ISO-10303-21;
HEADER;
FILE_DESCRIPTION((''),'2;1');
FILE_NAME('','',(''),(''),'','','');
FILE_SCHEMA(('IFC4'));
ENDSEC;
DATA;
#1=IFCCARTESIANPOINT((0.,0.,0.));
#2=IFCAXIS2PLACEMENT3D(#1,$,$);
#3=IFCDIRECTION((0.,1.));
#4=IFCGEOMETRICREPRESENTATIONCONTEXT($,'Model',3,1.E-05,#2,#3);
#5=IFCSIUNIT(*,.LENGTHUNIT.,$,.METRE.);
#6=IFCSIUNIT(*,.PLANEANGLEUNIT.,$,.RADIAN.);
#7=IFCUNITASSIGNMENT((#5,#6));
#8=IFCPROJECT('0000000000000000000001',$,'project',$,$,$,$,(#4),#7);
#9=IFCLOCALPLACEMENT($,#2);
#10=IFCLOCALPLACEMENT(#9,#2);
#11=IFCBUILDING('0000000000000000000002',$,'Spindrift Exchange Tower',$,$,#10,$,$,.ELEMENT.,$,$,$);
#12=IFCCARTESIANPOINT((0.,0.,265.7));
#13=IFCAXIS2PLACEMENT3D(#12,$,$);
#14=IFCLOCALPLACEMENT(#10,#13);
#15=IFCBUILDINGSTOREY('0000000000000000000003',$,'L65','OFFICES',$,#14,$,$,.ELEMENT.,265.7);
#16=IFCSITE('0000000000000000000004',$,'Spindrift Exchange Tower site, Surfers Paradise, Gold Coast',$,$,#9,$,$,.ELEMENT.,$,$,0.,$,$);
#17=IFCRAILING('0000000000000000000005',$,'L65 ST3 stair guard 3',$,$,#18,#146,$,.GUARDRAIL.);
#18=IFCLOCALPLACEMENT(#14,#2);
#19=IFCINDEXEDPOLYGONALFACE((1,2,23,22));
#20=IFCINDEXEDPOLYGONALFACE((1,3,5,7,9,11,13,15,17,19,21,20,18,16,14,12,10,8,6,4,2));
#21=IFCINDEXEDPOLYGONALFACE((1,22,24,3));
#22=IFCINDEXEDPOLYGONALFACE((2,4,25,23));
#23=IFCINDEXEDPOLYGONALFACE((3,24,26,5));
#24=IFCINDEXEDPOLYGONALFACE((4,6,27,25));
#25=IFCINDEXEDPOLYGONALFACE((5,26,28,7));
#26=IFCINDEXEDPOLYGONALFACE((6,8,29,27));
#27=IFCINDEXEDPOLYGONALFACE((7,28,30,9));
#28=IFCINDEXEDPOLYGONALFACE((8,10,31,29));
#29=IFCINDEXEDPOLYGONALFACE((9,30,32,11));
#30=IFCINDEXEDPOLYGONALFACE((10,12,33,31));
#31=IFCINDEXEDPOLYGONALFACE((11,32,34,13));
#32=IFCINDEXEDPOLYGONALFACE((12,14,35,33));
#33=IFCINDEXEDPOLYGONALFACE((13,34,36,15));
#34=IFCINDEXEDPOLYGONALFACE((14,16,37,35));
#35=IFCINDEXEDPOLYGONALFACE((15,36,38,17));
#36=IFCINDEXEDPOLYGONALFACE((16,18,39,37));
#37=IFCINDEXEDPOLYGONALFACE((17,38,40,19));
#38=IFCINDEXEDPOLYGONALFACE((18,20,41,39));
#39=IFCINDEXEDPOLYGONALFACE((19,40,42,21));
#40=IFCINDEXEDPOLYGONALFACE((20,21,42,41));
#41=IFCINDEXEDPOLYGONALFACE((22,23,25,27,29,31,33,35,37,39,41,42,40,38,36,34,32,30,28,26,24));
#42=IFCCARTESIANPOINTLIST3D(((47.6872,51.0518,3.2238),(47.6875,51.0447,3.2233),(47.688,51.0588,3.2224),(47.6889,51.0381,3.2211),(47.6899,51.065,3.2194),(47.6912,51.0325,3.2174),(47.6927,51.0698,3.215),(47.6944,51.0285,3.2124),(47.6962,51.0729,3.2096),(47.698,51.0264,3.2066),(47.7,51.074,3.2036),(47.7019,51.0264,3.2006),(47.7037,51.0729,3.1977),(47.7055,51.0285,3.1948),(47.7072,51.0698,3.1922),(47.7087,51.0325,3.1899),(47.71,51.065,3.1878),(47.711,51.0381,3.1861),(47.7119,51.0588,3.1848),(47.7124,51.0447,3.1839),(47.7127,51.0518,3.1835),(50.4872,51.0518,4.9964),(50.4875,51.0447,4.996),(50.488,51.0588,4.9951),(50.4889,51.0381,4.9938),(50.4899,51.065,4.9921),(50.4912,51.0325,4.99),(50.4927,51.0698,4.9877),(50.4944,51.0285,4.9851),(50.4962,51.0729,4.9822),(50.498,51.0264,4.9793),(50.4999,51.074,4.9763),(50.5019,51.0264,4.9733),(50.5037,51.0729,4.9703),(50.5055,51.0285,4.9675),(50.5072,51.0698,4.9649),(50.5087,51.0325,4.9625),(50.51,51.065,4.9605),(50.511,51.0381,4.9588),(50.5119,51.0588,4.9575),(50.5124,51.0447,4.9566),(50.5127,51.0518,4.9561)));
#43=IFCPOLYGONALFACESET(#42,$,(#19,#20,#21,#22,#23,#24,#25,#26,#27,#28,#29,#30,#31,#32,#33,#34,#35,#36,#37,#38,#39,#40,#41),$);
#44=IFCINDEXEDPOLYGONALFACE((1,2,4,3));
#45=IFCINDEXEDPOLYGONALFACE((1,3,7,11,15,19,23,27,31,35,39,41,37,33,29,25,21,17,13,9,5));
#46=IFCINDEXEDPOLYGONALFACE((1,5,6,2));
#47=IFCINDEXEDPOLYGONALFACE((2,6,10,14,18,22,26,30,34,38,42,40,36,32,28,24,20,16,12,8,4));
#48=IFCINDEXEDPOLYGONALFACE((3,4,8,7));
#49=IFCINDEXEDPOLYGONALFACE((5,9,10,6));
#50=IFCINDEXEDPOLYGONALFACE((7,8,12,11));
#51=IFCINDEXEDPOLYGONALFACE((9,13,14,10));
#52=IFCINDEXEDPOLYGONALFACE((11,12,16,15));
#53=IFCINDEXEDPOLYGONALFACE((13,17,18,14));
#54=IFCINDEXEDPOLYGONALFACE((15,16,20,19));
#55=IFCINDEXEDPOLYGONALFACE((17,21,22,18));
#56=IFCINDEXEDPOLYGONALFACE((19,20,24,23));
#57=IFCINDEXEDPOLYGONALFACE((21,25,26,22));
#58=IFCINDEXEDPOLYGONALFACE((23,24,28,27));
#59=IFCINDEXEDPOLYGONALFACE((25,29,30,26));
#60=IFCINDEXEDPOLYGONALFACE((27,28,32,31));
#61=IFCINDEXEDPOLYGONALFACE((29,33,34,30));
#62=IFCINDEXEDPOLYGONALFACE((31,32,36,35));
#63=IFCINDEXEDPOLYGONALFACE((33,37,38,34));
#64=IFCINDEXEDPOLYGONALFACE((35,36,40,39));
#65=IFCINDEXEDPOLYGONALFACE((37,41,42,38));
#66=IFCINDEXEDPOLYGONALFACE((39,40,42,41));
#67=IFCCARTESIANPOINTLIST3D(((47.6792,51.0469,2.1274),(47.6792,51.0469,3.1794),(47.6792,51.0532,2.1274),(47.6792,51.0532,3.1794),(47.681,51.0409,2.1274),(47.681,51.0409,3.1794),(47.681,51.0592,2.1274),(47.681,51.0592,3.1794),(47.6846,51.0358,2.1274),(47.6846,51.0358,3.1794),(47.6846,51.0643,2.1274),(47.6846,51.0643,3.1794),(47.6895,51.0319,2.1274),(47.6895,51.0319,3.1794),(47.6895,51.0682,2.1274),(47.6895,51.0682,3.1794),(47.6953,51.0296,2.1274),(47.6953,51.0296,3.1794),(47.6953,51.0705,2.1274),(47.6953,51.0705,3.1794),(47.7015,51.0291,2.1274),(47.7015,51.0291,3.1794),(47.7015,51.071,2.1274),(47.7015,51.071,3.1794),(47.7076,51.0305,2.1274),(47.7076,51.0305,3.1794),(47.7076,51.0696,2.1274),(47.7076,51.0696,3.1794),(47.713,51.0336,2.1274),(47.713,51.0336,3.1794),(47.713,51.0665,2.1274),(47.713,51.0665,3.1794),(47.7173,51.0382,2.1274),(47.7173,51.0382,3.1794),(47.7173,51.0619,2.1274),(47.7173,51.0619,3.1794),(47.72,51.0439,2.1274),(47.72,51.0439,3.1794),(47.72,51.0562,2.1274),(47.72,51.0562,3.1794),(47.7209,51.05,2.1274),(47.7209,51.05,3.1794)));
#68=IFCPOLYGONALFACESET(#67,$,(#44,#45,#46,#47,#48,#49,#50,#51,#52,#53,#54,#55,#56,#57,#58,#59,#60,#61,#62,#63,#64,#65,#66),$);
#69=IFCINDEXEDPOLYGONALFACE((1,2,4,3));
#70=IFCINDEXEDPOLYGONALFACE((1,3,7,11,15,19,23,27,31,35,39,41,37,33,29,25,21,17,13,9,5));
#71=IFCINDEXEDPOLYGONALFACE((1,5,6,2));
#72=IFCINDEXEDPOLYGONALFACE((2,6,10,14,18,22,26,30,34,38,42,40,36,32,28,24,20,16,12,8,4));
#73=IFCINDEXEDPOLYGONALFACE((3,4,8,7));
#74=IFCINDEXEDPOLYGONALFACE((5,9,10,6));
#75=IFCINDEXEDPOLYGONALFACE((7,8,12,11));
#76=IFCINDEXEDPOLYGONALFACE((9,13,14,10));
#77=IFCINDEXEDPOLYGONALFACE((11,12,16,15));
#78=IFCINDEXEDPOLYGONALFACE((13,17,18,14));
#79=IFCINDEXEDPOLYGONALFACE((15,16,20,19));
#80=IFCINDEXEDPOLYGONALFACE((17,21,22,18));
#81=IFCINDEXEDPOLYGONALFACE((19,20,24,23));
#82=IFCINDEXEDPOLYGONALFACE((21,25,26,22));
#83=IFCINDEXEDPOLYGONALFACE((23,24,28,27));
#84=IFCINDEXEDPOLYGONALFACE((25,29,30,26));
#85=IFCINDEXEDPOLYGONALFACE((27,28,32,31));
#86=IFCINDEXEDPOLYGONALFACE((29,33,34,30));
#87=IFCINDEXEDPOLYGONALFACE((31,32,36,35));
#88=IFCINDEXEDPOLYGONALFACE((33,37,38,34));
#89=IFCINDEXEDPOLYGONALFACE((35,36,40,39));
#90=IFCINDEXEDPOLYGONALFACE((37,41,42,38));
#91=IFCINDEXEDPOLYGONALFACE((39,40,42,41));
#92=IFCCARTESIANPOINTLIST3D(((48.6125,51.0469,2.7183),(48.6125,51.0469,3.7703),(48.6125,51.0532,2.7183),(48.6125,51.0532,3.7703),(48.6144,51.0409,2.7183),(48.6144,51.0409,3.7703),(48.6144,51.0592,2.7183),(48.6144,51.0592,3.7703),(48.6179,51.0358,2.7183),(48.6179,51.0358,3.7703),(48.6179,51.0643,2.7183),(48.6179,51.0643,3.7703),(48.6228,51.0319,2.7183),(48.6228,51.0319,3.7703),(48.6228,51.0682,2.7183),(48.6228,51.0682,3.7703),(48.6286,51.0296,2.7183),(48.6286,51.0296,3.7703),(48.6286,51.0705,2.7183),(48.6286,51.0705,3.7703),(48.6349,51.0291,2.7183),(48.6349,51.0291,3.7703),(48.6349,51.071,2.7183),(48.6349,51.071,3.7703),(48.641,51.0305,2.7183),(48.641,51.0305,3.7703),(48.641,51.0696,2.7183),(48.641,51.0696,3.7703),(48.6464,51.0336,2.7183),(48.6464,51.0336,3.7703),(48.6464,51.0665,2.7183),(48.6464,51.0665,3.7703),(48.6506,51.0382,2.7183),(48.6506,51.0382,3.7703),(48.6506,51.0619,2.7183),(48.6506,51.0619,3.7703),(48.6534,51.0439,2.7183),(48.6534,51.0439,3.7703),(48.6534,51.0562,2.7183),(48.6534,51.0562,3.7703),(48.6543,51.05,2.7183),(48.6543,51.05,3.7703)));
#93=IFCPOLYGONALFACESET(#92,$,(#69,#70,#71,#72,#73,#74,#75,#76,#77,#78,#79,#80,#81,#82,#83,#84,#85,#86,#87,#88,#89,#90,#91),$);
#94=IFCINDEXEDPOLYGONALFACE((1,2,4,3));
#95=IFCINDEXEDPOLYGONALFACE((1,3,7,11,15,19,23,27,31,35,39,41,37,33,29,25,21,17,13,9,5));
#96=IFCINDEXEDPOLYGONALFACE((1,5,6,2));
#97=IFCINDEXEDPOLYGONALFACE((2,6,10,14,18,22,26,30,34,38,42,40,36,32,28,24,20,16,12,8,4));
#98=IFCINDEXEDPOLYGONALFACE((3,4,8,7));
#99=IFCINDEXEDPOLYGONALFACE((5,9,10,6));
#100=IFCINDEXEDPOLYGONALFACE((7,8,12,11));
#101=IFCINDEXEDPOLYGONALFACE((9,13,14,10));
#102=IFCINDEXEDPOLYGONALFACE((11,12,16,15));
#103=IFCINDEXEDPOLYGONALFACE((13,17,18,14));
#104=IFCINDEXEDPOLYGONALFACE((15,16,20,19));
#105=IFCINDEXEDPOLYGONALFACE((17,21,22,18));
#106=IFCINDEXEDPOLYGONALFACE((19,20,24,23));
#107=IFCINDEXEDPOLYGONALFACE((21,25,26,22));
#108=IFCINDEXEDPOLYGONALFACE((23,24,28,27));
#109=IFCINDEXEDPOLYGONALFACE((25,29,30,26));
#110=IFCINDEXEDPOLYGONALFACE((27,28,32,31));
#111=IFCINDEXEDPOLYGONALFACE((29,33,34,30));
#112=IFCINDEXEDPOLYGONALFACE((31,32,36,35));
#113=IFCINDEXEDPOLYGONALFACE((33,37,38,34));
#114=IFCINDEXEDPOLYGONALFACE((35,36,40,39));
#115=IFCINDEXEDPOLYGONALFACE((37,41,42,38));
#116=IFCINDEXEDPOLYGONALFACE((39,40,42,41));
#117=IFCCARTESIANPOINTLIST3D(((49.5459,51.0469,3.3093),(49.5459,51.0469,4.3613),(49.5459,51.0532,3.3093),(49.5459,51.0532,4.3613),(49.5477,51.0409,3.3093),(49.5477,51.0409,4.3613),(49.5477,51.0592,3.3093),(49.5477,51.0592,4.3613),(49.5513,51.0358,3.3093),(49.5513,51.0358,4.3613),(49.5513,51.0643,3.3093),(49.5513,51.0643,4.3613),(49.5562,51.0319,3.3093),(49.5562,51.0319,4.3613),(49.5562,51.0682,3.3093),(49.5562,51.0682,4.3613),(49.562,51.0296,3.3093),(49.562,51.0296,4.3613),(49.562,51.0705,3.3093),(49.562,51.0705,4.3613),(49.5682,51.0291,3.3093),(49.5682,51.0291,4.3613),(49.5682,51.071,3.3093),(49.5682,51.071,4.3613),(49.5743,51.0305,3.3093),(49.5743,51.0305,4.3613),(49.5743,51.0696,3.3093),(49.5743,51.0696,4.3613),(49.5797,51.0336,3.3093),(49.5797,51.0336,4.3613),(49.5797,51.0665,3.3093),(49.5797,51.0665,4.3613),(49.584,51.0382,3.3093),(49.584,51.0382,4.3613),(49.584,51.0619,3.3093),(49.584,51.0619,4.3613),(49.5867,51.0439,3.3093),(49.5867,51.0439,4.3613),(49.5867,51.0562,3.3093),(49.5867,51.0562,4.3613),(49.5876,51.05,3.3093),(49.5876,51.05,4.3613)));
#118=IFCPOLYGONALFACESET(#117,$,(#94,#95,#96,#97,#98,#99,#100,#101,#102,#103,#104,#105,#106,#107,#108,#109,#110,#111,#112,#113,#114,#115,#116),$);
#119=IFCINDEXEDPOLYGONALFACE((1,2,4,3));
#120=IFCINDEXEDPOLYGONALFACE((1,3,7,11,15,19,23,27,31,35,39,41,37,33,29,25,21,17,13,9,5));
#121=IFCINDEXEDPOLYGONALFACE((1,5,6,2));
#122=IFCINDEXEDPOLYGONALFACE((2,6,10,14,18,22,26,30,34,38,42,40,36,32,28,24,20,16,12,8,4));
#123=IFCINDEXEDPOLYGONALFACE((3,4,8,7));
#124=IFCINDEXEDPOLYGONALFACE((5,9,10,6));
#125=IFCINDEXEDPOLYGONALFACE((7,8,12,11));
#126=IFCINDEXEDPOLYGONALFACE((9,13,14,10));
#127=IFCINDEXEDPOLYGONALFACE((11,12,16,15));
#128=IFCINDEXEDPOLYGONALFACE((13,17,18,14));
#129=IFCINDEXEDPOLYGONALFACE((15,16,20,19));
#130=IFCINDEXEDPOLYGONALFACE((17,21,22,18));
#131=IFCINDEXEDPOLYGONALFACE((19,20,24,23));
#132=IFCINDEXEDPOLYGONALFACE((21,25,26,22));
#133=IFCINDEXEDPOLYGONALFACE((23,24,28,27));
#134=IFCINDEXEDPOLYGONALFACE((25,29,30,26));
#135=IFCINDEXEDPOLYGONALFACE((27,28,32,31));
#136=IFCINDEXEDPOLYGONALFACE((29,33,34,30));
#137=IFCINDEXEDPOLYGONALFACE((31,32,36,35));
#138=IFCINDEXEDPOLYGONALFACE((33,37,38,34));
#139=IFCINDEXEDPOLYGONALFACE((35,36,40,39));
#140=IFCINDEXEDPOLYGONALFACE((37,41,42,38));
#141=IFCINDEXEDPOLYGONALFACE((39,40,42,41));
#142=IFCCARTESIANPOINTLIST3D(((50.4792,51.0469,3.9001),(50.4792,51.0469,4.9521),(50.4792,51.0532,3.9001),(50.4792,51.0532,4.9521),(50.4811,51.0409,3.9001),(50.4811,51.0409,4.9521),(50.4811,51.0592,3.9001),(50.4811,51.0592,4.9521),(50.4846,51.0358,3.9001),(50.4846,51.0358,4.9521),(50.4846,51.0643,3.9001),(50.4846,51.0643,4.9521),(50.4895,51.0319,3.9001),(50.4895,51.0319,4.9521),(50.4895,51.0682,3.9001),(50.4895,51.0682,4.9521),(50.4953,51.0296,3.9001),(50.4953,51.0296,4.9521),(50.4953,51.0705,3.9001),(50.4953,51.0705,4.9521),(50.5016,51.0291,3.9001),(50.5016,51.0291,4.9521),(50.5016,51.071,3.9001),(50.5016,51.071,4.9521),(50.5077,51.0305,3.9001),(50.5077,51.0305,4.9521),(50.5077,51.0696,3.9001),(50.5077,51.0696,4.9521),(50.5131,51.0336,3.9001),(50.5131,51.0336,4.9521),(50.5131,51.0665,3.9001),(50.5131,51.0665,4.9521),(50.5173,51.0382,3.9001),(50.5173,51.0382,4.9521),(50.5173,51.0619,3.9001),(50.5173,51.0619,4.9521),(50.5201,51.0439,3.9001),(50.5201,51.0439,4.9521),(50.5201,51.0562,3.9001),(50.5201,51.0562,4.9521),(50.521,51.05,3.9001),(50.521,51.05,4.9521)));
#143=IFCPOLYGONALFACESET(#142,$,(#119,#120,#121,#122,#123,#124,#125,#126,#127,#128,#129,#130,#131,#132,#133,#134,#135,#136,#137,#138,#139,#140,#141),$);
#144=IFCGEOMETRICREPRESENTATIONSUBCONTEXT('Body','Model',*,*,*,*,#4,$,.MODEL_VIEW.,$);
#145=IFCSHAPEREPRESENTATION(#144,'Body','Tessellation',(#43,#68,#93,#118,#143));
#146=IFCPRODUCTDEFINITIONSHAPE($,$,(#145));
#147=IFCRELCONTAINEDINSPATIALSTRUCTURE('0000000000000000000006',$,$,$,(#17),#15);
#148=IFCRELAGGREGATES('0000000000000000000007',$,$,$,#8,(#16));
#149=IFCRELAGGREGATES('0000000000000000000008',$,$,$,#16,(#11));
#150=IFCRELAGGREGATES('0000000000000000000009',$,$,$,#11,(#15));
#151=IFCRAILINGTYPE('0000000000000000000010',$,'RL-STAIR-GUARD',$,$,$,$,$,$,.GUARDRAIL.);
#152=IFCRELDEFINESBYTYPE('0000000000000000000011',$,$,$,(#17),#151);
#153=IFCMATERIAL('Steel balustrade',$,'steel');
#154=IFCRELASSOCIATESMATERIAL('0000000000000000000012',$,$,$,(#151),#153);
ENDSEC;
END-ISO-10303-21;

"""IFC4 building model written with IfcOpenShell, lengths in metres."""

from ifc_helpers import new_model, si_unit, direction, frame, origin, origin_2d, place, context, subcontext, project, spatial, circle, extrude, material, type_object, element, save


model = new_model("IFC4")

# Units and contexts
model_context = context("Model", 3, precision=1e-05, world=origin(), true_north=direction((0.0, 1.0)))
body_context = subcontext(model_context, "Body", "Model", "MODEL_VIEW")
ifc_project = project(units=[si_unit("LENGTHUNIT", "METRE"), si_unit("PLANEANGLEUNIT", "RADIAN")], contexts=[model_context])

# Site, building, storey
site_placement = place(None, origin())
site = spatial("IfcSite", under=ifc_project, at=site_placement, Name="Spindrift Exchange Tower site, Surfers Paradise, Gold Coast", CompositionType="ELEMENT", RefElevation=0.0)
building_placement = place(site_placement, origin())
building = spatial("IfcBuilding", under=site, at=building_placement, Name="Spindrift Exchange Tower", CompositionType="ELEMENT")
storey_placement = place(building_placement, frame((0.0, 0.0, 265.7)))
storey = spatial("IfcBuildingStorey", under=building, at=storey_placement, Name="L65", Description="OFFICES", CompositionType="ELEMENT", Elevation=265.7)

# Railing
ifc_material_1 = material(Name="Steel balustrade", Category="steel")
railing_type_1 = type_object("IfcRailingType", Name="RL-STAIR-GUARD", PredefinedType="GUARDRAIL", material=ifc_material_1)
railing_1_placement = place(storey_placement, frame((47.7, 51.05, 2.1274)))
element("IfcRailing", 1, at=railing_1_placement, inside=storey, type_object=railing_type_1, Name="L65 ST3 stair guard 3", PredefinedType="GUARDRAIL", context=body_context, shape_type="SweptSolid", body=[
    extrude(circle(Radius=0.0239, at=origin_2d()), frame((0.0, 0.0, 1.0762), z_axis=(0.844909, 0.0, 0.53491), x_axis=(0.0, 1.0, 0.0)), (0.0, 0.0, 1.0), 3.314),
    extrude(circle(Radius=0.021, at=origin_2d()), origin(), (0.0, 0.0, 1.0), 1.052),
    extrude(circle(Radius=0.021, at=origin_2d()), frame((0.9333, 0.0, 0.5908)), (0.0, 0.0, 1.0), 1.052),
    extrude(circle(Radius=0.021, at=origin_2d()), frame((1.8667, 0.0, 1.1819)), (0.0, 0.0, 1.0), 1.052),
    extrude(circle(Radius=0.021, at=origin_2d()), frame((2.8, 0.0, 1.7727)), (0.0, 0.0, 1.0), 1.052),
])

save(model, "model.ifc")
